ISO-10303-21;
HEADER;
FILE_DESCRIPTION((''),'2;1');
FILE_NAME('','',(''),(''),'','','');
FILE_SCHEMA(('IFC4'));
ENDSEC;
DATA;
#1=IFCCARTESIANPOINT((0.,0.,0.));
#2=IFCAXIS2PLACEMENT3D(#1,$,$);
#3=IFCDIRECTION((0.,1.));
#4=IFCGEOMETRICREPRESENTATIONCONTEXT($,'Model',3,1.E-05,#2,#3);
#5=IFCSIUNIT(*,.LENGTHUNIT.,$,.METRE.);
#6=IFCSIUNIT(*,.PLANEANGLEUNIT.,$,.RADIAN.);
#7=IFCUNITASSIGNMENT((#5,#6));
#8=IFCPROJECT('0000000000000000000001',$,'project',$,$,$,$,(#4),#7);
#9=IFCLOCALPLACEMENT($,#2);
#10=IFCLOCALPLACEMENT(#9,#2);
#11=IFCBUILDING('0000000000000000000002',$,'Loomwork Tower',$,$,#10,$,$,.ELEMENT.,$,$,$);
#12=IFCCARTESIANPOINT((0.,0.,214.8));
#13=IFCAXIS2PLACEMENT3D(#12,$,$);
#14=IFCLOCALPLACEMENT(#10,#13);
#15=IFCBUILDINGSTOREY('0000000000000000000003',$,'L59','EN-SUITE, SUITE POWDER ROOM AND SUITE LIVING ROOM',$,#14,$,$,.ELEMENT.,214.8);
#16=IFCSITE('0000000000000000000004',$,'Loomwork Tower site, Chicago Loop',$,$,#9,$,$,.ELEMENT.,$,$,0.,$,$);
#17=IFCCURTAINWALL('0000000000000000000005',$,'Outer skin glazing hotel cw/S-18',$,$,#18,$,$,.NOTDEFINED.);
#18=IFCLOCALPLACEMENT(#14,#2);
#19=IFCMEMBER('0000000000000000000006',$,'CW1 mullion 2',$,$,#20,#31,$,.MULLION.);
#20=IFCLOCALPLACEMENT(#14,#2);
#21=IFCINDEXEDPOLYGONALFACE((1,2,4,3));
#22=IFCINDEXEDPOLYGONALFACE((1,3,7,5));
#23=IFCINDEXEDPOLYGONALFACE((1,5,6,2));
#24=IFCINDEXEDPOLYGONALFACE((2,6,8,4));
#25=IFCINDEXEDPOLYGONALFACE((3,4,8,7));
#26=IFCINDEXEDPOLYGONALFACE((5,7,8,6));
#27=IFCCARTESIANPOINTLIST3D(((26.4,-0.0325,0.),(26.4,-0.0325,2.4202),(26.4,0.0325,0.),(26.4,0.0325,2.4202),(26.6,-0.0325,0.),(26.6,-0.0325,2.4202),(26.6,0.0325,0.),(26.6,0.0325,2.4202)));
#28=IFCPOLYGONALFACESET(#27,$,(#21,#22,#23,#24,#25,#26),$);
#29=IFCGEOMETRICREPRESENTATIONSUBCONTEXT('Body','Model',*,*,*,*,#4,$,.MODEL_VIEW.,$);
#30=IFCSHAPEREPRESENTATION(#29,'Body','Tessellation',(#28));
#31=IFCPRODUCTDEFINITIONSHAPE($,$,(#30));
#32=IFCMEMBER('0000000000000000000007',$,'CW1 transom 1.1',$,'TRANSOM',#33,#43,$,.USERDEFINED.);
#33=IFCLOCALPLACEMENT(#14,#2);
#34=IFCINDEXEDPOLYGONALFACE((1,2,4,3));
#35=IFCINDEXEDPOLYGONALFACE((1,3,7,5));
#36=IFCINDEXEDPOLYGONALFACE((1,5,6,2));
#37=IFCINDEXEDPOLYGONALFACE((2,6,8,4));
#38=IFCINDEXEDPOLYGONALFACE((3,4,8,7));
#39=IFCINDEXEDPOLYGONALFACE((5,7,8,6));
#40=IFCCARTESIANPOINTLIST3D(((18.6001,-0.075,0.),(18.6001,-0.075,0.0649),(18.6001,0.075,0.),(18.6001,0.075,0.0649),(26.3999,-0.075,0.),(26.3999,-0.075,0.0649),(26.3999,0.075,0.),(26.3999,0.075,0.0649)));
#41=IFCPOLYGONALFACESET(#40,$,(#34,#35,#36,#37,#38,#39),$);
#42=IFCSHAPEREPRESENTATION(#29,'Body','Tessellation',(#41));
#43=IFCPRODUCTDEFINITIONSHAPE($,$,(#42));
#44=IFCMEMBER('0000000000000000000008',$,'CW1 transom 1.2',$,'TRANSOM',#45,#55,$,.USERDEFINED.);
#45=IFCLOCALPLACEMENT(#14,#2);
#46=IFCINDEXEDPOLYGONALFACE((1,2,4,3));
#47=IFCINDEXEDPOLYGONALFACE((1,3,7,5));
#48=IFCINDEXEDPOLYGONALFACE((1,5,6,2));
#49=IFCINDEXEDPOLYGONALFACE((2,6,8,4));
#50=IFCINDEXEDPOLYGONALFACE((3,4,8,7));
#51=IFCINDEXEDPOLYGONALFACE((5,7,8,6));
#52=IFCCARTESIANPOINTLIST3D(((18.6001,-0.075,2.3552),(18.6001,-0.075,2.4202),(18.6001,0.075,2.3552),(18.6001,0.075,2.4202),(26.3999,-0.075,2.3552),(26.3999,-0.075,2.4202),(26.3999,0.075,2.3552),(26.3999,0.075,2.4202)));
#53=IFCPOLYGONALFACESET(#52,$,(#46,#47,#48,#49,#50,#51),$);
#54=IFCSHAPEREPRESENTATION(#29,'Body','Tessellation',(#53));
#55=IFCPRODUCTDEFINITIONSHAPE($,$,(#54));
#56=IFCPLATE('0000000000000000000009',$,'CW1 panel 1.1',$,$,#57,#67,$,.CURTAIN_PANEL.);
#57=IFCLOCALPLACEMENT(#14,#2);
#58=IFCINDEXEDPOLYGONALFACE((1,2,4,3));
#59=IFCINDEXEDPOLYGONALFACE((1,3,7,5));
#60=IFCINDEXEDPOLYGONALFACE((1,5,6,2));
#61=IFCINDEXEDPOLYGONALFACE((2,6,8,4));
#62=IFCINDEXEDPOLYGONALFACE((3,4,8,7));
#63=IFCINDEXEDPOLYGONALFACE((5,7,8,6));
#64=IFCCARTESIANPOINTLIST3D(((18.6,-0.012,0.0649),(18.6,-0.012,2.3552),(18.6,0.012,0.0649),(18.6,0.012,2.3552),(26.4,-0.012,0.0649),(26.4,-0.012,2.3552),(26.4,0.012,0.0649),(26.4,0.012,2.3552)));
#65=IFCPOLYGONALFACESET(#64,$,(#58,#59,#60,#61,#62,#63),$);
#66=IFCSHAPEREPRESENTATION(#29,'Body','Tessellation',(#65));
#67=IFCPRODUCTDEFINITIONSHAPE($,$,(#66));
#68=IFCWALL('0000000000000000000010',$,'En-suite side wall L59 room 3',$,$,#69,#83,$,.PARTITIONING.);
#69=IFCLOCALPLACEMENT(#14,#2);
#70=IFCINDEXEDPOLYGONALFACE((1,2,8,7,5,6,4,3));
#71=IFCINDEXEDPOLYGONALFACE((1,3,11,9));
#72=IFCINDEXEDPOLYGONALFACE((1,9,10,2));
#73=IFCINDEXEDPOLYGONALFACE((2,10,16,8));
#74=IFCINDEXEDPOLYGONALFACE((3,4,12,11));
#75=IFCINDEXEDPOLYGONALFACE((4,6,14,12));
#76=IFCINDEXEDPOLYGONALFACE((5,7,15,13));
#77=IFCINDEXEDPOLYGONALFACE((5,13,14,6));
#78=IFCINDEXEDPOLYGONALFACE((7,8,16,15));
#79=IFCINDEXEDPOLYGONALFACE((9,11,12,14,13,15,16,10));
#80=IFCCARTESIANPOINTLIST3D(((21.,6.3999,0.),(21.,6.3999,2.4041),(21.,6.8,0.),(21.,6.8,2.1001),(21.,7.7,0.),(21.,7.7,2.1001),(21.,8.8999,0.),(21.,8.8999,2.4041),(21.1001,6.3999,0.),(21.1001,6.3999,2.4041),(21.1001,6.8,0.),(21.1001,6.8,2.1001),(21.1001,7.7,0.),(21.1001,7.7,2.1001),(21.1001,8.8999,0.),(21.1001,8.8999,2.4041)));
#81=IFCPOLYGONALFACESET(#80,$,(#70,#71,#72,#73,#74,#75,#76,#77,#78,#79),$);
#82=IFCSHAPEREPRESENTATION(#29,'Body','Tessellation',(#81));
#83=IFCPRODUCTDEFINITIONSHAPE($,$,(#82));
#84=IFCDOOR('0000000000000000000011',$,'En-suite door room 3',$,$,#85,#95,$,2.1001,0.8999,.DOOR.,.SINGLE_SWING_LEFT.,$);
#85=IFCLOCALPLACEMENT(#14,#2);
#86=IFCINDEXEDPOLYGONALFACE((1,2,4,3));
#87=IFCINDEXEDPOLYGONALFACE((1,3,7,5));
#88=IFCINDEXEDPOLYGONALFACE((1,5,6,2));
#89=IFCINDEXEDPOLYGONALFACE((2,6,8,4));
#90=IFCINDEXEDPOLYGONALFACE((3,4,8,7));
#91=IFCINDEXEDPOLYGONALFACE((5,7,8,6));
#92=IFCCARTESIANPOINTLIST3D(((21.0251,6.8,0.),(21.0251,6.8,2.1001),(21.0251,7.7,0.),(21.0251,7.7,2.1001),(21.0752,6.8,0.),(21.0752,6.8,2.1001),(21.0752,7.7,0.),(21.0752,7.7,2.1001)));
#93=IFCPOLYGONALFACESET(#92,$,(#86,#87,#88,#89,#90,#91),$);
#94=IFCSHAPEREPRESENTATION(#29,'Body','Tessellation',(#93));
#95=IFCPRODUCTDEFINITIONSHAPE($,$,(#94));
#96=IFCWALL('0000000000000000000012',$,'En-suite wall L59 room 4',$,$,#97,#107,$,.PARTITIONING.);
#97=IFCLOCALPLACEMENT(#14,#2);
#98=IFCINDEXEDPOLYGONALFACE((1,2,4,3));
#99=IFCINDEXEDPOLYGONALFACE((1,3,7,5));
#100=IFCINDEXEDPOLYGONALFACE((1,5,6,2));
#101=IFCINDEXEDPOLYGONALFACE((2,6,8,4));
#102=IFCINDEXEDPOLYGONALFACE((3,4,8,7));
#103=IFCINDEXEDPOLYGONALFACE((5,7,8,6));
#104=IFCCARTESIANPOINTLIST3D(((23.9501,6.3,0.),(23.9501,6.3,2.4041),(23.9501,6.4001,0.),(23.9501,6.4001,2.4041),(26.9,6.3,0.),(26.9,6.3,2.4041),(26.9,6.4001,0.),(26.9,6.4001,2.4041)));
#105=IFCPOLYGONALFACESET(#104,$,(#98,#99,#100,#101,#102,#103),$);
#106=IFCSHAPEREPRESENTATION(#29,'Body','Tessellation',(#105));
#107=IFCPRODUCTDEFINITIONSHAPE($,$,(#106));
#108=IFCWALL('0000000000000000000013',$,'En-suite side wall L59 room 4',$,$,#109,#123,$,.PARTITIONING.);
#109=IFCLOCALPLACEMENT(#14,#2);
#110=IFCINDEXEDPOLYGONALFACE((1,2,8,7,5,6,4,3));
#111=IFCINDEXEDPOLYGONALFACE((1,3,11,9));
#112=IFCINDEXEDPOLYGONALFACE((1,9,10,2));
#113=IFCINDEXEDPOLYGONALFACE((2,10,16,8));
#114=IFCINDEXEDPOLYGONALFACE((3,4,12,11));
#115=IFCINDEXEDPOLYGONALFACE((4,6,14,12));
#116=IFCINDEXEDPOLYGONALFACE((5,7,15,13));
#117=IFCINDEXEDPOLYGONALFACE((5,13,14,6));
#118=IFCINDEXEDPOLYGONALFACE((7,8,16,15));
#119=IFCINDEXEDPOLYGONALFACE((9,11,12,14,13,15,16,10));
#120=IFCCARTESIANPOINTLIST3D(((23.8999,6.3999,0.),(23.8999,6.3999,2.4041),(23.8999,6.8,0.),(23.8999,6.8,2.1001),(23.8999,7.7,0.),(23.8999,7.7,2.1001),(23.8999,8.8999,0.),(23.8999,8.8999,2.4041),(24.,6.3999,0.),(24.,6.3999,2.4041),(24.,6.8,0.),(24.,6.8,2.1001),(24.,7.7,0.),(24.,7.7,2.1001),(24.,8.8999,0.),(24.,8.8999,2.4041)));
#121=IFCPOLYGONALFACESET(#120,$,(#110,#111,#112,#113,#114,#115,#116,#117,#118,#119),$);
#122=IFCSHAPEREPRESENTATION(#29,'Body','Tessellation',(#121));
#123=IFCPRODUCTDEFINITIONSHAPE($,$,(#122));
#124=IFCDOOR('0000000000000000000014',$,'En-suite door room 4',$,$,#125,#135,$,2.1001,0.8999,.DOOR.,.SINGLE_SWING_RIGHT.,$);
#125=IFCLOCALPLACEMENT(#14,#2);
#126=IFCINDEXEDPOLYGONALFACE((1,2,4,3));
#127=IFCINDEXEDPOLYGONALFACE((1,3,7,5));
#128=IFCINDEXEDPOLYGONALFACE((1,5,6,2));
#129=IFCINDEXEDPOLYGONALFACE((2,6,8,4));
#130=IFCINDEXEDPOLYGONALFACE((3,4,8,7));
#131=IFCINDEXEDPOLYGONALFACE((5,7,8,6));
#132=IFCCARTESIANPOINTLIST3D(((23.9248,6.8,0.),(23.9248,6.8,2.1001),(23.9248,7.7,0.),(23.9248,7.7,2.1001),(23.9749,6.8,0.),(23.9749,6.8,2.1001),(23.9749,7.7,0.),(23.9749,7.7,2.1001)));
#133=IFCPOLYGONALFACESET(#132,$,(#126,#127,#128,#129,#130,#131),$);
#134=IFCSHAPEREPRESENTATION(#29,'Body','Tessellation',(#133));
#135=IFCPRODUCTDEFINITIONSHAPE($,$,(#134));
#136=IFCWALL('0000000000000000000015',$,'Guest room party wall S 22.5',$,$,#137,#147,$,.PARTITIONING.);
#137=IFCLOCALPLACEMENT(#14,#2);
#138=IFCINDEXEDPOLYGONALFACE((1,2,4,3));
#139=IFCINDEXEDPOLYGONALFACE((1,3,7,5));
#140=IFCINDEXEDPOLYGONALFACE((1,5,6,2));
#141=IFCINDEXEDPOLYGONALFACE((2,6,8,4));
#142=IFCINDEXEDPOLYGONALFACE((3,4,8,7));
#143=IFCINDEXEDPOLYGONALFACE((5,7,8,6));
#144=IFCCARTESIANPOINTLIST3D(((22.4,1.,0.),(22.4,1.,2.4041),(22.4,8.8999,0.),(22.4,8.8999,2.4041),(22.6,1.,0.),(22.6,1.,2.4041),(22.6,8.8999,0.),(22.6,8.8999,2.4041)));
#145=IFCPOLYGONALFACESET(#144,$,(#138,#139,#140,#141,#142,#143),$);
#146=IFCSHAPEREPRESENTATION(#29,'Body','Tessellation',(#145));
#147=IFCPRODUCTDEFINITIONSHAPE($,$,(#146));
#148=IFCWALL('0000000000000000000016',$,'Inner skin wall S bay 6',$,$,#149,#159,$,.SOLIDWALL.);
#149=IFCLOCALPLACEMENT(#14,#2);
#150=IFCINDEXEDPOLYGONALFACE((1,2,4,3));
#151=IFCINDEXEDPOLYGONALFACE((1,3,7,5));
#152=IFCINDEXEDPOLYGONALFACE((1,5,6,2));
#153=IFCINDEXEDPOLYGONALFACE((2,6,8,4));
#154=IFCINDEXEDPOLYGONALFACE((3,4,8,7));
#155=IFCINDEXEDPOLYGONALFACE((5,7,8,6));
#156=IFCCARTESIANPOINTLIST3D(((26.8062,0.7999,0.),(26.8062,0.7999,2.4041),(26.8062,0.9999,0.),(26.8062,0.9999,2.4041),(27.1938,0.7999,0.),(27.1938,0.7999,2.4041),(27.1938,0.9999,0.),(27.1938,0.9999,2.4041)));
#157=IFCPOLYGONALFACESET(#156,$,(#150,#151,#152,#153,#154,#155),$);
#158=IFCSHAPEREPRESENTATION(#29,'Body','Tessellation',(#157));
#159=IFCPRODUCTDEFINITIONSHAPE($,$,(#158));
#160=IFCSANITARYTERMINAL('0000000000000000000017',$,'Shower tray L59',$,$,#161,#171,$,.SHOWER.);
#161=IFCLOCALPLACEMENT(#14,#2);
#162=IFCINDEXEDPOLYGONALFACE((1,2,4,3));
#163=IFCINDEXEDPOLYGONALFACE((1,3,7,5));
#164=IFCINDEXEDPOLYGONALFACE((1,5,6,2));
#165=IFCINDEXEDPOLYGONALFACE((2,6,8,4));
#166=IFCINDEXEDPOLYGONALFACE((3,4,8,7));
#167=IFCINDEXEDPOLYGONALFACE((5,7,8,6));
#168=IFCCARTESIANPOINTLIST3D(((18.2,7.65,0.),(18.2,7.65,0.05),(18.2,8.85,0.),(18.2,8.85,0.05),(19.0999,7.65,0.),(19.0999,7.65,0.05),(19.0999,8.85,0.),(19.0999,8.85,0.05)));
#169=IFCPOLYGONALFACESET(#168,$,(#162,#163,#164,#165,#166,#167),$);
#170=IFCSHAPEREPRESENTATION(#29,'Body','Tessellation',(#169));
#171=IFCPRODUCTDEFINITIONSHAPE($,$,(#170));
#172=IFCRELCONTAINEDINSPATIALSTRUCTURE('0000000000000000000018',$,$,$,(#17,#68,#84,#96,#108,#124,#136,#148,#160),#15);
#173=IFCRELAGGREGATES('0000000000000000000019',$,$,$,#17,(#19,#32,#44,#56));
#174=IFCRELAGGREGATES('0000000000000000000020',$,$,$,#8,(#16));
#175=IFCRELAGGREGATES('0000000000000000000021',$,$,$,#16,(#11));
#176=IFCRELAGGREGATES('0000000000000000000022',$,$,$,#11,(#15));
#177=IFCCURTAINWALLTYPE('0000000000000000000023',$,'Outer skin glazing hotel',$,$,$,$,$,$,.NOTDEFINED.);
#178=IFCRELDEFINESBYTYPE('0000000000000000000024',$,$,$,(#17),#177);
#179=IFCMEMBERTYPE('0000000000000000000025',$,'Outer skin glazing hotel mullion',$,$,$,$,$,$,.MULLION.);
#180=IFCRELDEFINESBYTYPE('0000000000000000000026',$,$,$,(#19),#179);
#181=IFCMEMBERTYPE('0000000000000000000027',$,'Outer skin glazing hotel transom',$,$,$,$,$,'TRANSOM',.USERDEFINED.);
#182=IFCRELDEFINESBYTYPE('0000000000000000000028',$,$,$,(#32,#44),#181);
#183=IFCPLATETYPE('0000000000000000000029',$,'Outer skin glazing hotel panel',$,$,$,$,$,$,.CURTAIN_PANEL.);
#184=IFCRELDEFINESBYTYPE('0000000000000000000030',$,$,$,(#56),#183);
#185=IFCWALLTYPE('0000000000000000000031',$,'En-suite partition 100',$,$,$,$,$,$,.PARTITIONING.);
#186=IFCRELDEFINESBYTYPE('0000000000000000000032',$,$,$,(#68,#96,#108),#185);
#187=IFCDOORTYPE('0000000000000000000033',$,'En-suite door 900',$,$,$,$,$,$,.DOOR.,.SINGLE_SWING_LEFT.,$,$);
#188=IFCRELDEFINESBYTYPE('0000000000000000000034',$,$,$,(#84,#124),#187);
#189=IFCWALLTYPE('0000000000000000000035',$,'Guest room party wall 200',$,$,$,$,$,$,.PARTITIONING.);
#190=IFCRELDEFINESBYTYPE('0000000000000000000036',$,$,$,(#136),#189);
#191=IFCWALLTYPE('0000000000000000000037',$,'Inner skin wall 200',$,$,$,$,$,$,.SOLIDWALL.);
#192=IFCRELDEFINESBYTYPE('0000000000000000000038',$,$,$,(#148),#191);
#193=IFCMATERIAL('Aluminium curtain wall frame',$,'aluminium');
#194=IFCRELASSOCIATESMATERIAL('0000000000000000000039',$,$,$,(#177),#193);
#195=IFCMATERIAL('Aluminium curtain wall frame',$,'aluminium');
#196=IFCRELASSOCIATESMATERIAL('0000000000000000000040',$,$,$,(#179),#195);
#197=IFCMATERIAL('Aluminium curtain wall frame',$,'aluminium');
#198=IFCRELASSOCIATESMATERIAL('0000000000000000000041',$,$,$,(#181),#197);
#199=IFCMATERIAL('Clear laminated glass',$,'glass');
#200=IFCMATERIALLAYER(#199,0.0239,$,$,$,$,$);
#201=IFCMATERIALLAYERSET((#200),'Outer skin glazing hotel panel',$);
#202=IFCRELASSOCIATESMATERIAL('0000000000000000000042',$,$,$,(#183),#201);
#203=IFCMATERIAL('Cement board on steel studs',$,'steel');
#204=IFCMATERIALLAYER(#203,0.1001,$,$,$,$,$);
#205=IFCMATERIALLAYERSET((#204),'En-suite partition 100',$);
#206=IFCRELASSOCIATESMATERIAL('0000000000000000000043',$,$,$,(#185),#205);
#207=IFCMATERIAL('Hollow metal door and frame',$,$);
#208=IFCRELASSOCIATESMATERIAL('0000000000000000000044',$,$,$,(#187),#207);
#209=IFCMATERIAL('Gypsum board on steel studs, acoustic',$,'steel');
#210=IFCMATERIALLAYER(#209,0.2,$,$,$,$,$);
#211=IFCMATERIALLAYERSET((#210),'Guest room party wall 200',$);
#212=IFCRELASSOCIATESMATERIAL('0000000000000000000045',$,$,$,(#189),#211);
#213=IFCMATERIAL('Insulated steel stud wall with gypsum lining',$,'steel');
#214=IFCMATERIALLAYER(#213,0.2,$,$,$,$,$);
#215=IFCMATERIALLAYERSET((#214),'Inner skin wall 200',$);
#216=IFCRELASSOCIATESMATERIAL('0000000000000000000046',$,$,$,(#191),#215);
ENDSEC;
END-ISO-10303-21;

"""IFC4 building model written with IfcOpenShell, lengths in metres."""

from ifc_helpers import new_model, si_unit, direction, frame, frame_2d, origin, origin_2d, place, context, subcontext, project, spatial, rectangle, extrude, material, layer, layer_set, material_profile, profile_set, type_object, element, fill, aggregate, save


model = new_model("IFC4")

# Units and contexts
model_context = context("Model", 3, precision=1e-05, world=origin(), true_north=direction((0.0, 1.0)))
body_context = subcontext(model_context, "Body", "Model", "MODEL_VIEW")
ifc_project = project(units=[si_unit("LENGTHUNIT", "METRE"), si_unit("PLANEANGLEUNIT", "RADIAN")], contexts=[model_context])

# Site, building, storey
site_placement = place(None, origin())
site = spatial("IfcSite", under=ifc_project, at=site_placement, Name="Loomwork Tower site, Chicago Loop", CompositionType="ELEMENT", RefElevation=0.0)
building_placement = place(site_placement, origin())
building = spatial("IfcBuilding", under=site, at=building_placement, Name="Loomwork Tower", CompositionType="ELEMENT")
storey_placement = place(building_placement, frame((0.0, 0.0, 214.8)))
storey = spatial("IfcBuildingStorey", under=building, at=storey_placement, Name="L59", Description="EN-SUITE, SUITE POWDER ROOM AND SUITE LIVING ROOM", CompositionType="ELEMENT", Elevation=214.8)

# Curtain wall, members, plate
ifc_material_1 = material(Name="Aluminium curtain wall frame", Category="aluminium")
curtain_wall_type = type_object("IfcCurtainWallType", Name="Outer skin glazing hotel", PredefinedType="NOTDEFINED", material=ifc_material_1)
curtain_wall_placement = place(storey_placement, origin())
curtain_wall = element("IfcCurtainWall", 1, at=curtain_wall_placement, inside=storey, type_object=curtain_wall_type, Name="Outer skin glazing hotel cw/S-18", PredefinedType="NOTDEFINED")
ifc_material_2 = material(Name="Aluminium curtain wall frame", Category="aluminium")
ifc_material_profile_1 = material_profile(ifc_material_2, rectangle(XDim=0.0649, YDim=0.2, at=origin_2d()), Name="AL 65x200")
ifc_profile_set_1 = profile_set([ifc_material_profile_1], Name="Aluminium curtain wall frame")
member_type_1 = type_object("IfcMemberType", Name="Outer skin glazing hotel mullion", PredefinedType="MULLION", material=ifc_profile_set_1)
member_1_placement = place(storey_placement, frame((26.5, 0.0, 0.0), z_axis=(0.0, 0.0, 1.0), x_axis=(0.0, 1.0, 0.0)))
member_1 = element("IfcMember", 2, at=member_1_placement, type_object=member_type_1, Name="CW1 mullion 2", PredefinedType="MULLION", context=body_context, shape_type="SweptSolid", body=[
    extrude(rectangle(XDim=0.0649, YDim=0.2, at=origin_2d()), origin(), (0.0, 0.0, 1.0), 2.4202),
])
ifc_material_3 = material(Name="Aluminium curtain wall frame", Category="aluminium")
ifc_material_profile_2 = material_profile(ifc_material_3, rectangle(XDim=0.1499, YDim=0.0649, at=origin_2d()), Name="AL 65x150")
ifc_profile_set_2 = profile_set([ifc_material_profile_2], Name="Aluminium curtain wall frame")
member_type_2 = type_object("IfcMemberType", Name="Outer skin glazing hotel transom", ElementType="TRANSOM", PredefinedType="USERDEFINED", material=ifc_profile_set_2)
member_2_placement = place(storey_placement, frame((18.6001, 0.0, 0.0325), z_axis=(1.0, 0.0, 0.0), x_axis=(0.0, 1.0, 0.0)))
member_2 = element("IfcMember", 3, at=member_2_placement, type_object=member_type_2, Name="CW1 transom 1.1", ObjectType="TRANSOM", PredefinedType="USERDEFINED", context=body_context, shape_type="SweptSolid", body=[
    extrude(rectangle(XDim=0.1499, YDim=0.0649, at=origin_2d()), origin(), (0.0, 0.0, 1.0), 7.7998),
])
member_3_placement = place(storey_placement, frame((18.6001, 0.0, 2.3877), z_axis=(1.0, 0.0, 0.0), x_axis=(0.0, 1.0, 0.0)))
member_3 = element("IfcMember", 4, at=member_3_placement, type_object=member_type_2, Name="CW1 transom 1.2", ObjectType="TRANSOM", PredefinedType="USERDEFINED", context=body_context, shape_type="SweptSolid", body=[
    extrude(rectangle(XDim=0.1499, YDim=0.0649, at=origin_2d()), origin(), (0.0, 0.0, 1.0), 7.7998),
])
ifc_material_4 = material(Name="Clear laminated glass", Category="glass")
ifc_layer_1 = layer(ifc_material_4, 0.0239)
ifc_layer_set_1 = layer_set([ifc_layer_1], Name="Outer skin glazing hotel panel")
plate_type = type_object("IfcPlateType", Name="Outer skin glazing hotel panel", PredefinedType="CURTAIN_PANEL", material=ifc_layer_set_1)
plate_placement = place(storey_placement, frame((22.5, 0.0, 0.0649), z_axis=(0.0, 0.0, 1.0), x_axis=(1.0, 0.0, 0.0)))
plate = element("IfcPlate", 5, at=plate_placement, type_object=plate_type, Name="CW1 panel 1.1", PredefinedType="CURTAIN_PANEL", context=body_context, shape_type="SweptSolid", body=[
    extrude(rectangle(XDim=7.8, YDim=0.0239, at=origin_2d()), origin(), (0.0, 0.0, 1.0), 2.2903),
])
aggregate(curtain_wall, [member_1, member_2, member_3, plate])

# Wall, opening, door
ifc_material_5 = material(Name="Cement board on steel studs", Category="steel")
ifc_layer_2 = layer(ifc_material_5, 0.1001)
ifc_layer_set_2 = layer_set([ifc_layer_2], Name="En-suite partition 100")
wall_type_1 = type_object("IfcWallType", Name="En-suite partition 100", PredefinedType="PARTITIONING", material=ifc_layer_set_2)
wall_1_placement = place(storey_placement, frame((21.05, 8.8999, 0.0), z_axis=(0.0, 0.0, 1.0), x_axis=(0.0, -1.0, 0.0)))
wall_1 = element("IfcWall", 6, at=wall_1_placement, inside=storey, type_object=wall_type_1, Name="En-suite side wall L59 room 3", PredefinedType="PARTITIONING", context=body_context, shape_type="SweptSolid", body=[
    extrude(rectangle(XDim=2.5, YDim=0.1001, at=frame_2d((1.25, 0.0))), origin(), (0.0, 0.0, 1.0), 2.4041),
])
opening_1_placement = place(wall_1_placement, frame((1.2, 0.0, 0.0)))
opening_1 = element("IfcOpeningElement", 7, at=opening_1_placement, cuts=wall_1, PredefinedType="OPENING", context=body_context, shape_type="SweptSolid", body=[
    extrude(rectangle(XDim=0.8999, YDim=2.1001, at=frame_2d((0.45, 1.05))), frame((0.0, 0.0601, 0.0), z_axis=(0.0, -1.0, 0.0), x_axis=(1.0, 0.0, 0.0)), (0.0, 0.0, 1.0), 0.1201),
])
ifc_material_6 = material(Name="Hollow metal door and frame")
door_type = type_object("IfcDoorType", Name="En-suite door 900", OperationType="SINGLE_SWING_LEFT", PredefinedType="DOOR", material=ifc_material_6)
door_1_placement = place(opening_1_placement, frame((0.8999, 0.0, 0.0), z_axis=(0.0, 0.0, 1.0), x_axis=(-1.0, 0.0, 0.0)))
door_1 = element("IfcDoor", 8, at=door_1_placement, inside=storey, type_object=door_type, Name="En-suite door room 3", OperationType="SINGLE_SWING_LEFT", OverallHeight=2.1001, OverallWidth=0.8999, PredefinedType="DOOR", context=body_context, shape_type="SweptSolid", body=[
    extrude(rectangle(XDim=0.8999, YDim=2.1001, at=frame_2d((0.45, 1.05))), frame((0.0, 0.0249, 0.0), z_axis=(0.0, -1.0, 0.0), x_axis=(1.0, 0.0, 0.0)), (0.0, 0.0, 1.0), 0.05),
])
fill(opening_1, door_1)

# Wall
wall_2_placement = place(storey_placement, frame((23.95, 6.3501, 0.0), z_axis=(0.0, 0.0, 1.0), x_axis=(1.0, 0.0, 0.0)))
element("IfcWall", 9, at=wall_2_placement, inside=storey, type_object=wall_type_1, Name="En-suite wall L59 room 4", PredefinedType="PARTITIONING", context=body_context, shape_type="SweptSolid", body=[
    extrude(rectangle(XDim=2.95, YDim=0.1001, at=frame_2d((1.4751, 0.0))), origin(), (0.0, 0.0, 1.0), 2.4041),
])

# Wall, opening, door
wall_3_placement = place(storey_placement, frame((23.95, 8.8999, 0.0), z_axis=(0.0, 0.0, 1.0), x_axis=(0.0, -1.0, 0.0)))
wall_3 = element("IfcWall", 10, at=wall_3_placement, inside=storey, type_object=wall_type_1, Name="En-suite side wall L59 room 4", PredefinedType="PARTITIONING", context=body_context, shape_type="SweptSolid", body=[
    extrude(rectangle(XDim=2.5, YDim=0.1001, at=frame_2d((1.25, 0.0))), origin(), (0.0, 0.0, 1.0), 2.4041),
])
opening_2_placement = place(wall_3_placement, frame((1.2, 0.0, 0.0)))
opening_2 = element("IfcOpeningElement", 11, at=opening_2_placement, cuts=wall_3, PredefinedType="OPENING", context=body_context, shape_type="SweptSolid", body=[
    extrude(rectangle(XDim=0.8999, YDim=2.1001, at=frame_2d((0.45, 1.05))), frame((0.0, 0.0601, 0.0), z_axis=(0.0, -1.0, 0.0), x_axis=(1.0, 0.0, 0.0)), (0.0, 0.0, 1.0), 0.1201),
])
door_2_placement = place(opening_2_placement, origin())
door_2 = element("IfcDoor", 12, at=door_2_placement, inside=storey, type_object=door_type, Name="En-suite door room 4", OperationType="SINGLE_SWING_RIGHT", OverallHeight=2.1001, OverallWidth=0.8999, PredefinedType="DOOR", context=body_context, shape_type="SweptSolid", body=[
    extrude(rectangle(XDim=0.8999, YDim=2.1001, at=frame_2d((0.45, 1.05))), frame((0.0, 0.0249, 0.0), z_axis=(0.0, -1.0, 0.0), x_axis=(1.0, 0.0, 0.0)), (0.0, 0.0, 1.0), 0.05),
])
fill(opening_2, door_2)

# Walls
ifc_material_7 = material(Name="Gypsum board on steel studs, acoustic", Category="steel")
ifc_layer_3 = layer(ifc_material_7, 0.2)
ifc_layer_set_3 = layer_set([ifc_layer_3], Name="Guest room party wall 200")
wall_type_2 = type_object("IfcWallType", Name="Guest room party wall 200", PredefinedType="PARTITIONING", material=ifc_layer_set_3)
wall_4_placement = place(storey_placement, frame((22.5, 8.8999, 0.0), z_axis=(0.0, 0.0, 1.0), x_axis=(0.0, -1.0, 0.0)))
element("IfcWall", 13, at=wall_4_placement, inside=storey, type_object=wall_type_2, Name="Guest room party wall S 22.5", PredefinedType="PARTITIONING", context=body_context, shape_type="SweptSolid", body=[
    extrude(rectangle(XDim=7.8999, YDim=0.2, at=frame_2d((3.95, 0.0))), origin(), (0.0, 0.0, 1.0), 2.4041),
])
ifc_material_8 = material(Name="Insulated steel stud wall with gypsum lining", Category="steel")
ifc_layer_4 = layer(ifc_material_8, 0.2)
ifc_layer_set_4 = layer_set([ifc_layer_4], Name="Inner skin wall 200")
wall_type_3 = type_object("IfcWallType", Name="Inner skin wall 200", PredefinedType="SOLIDWALL", material=ifc_layer_set_4)
wall_5_placement = place(storey_placement, frame((26.8062, 0.8999, 0.0), z_axis=(0.0, 0.0, 1.0), x_axis=(1.0, 0.0, 0.0)))
element("IfcWall", 14, at=wall_5_placement, inside=storey, type_object=wall_type_3, Name="Inner skin wall S bay 6", PredefinedType="SOLIDWALL", context=body_context, shape_type="SweptSolid", body=[
    extrude(rectangle(XDim=0.3877, YDim=0.2, at=frame_2d((0.1938, 0.0))), origin(), (0.0, 0.0, 1.0), 2.4041),
])

# Sanitary terminal
sanitary_terminal_1_placement = place(storey_placement, frame((18.6499, 8.25, 0.0), z_axis=(0.0, 0.0, 1.0), x_axis=(1.0, 0.0, 0.0)))
element("IfcSanitaryTerminal", 15, at=sanitary_terminal_1_placement, inside=storey, Name="Shower tray L59", PredefinedType="SHOWER", context=body_context, shape_type="SweptSolid", body=[
    extrude(rectangle(XDim=0.8999, YDim=1.2, at=origin_2d()), origin(), (0.0, 0.0, 1.0), 0.05),
])

save(model, "model.ifc")
